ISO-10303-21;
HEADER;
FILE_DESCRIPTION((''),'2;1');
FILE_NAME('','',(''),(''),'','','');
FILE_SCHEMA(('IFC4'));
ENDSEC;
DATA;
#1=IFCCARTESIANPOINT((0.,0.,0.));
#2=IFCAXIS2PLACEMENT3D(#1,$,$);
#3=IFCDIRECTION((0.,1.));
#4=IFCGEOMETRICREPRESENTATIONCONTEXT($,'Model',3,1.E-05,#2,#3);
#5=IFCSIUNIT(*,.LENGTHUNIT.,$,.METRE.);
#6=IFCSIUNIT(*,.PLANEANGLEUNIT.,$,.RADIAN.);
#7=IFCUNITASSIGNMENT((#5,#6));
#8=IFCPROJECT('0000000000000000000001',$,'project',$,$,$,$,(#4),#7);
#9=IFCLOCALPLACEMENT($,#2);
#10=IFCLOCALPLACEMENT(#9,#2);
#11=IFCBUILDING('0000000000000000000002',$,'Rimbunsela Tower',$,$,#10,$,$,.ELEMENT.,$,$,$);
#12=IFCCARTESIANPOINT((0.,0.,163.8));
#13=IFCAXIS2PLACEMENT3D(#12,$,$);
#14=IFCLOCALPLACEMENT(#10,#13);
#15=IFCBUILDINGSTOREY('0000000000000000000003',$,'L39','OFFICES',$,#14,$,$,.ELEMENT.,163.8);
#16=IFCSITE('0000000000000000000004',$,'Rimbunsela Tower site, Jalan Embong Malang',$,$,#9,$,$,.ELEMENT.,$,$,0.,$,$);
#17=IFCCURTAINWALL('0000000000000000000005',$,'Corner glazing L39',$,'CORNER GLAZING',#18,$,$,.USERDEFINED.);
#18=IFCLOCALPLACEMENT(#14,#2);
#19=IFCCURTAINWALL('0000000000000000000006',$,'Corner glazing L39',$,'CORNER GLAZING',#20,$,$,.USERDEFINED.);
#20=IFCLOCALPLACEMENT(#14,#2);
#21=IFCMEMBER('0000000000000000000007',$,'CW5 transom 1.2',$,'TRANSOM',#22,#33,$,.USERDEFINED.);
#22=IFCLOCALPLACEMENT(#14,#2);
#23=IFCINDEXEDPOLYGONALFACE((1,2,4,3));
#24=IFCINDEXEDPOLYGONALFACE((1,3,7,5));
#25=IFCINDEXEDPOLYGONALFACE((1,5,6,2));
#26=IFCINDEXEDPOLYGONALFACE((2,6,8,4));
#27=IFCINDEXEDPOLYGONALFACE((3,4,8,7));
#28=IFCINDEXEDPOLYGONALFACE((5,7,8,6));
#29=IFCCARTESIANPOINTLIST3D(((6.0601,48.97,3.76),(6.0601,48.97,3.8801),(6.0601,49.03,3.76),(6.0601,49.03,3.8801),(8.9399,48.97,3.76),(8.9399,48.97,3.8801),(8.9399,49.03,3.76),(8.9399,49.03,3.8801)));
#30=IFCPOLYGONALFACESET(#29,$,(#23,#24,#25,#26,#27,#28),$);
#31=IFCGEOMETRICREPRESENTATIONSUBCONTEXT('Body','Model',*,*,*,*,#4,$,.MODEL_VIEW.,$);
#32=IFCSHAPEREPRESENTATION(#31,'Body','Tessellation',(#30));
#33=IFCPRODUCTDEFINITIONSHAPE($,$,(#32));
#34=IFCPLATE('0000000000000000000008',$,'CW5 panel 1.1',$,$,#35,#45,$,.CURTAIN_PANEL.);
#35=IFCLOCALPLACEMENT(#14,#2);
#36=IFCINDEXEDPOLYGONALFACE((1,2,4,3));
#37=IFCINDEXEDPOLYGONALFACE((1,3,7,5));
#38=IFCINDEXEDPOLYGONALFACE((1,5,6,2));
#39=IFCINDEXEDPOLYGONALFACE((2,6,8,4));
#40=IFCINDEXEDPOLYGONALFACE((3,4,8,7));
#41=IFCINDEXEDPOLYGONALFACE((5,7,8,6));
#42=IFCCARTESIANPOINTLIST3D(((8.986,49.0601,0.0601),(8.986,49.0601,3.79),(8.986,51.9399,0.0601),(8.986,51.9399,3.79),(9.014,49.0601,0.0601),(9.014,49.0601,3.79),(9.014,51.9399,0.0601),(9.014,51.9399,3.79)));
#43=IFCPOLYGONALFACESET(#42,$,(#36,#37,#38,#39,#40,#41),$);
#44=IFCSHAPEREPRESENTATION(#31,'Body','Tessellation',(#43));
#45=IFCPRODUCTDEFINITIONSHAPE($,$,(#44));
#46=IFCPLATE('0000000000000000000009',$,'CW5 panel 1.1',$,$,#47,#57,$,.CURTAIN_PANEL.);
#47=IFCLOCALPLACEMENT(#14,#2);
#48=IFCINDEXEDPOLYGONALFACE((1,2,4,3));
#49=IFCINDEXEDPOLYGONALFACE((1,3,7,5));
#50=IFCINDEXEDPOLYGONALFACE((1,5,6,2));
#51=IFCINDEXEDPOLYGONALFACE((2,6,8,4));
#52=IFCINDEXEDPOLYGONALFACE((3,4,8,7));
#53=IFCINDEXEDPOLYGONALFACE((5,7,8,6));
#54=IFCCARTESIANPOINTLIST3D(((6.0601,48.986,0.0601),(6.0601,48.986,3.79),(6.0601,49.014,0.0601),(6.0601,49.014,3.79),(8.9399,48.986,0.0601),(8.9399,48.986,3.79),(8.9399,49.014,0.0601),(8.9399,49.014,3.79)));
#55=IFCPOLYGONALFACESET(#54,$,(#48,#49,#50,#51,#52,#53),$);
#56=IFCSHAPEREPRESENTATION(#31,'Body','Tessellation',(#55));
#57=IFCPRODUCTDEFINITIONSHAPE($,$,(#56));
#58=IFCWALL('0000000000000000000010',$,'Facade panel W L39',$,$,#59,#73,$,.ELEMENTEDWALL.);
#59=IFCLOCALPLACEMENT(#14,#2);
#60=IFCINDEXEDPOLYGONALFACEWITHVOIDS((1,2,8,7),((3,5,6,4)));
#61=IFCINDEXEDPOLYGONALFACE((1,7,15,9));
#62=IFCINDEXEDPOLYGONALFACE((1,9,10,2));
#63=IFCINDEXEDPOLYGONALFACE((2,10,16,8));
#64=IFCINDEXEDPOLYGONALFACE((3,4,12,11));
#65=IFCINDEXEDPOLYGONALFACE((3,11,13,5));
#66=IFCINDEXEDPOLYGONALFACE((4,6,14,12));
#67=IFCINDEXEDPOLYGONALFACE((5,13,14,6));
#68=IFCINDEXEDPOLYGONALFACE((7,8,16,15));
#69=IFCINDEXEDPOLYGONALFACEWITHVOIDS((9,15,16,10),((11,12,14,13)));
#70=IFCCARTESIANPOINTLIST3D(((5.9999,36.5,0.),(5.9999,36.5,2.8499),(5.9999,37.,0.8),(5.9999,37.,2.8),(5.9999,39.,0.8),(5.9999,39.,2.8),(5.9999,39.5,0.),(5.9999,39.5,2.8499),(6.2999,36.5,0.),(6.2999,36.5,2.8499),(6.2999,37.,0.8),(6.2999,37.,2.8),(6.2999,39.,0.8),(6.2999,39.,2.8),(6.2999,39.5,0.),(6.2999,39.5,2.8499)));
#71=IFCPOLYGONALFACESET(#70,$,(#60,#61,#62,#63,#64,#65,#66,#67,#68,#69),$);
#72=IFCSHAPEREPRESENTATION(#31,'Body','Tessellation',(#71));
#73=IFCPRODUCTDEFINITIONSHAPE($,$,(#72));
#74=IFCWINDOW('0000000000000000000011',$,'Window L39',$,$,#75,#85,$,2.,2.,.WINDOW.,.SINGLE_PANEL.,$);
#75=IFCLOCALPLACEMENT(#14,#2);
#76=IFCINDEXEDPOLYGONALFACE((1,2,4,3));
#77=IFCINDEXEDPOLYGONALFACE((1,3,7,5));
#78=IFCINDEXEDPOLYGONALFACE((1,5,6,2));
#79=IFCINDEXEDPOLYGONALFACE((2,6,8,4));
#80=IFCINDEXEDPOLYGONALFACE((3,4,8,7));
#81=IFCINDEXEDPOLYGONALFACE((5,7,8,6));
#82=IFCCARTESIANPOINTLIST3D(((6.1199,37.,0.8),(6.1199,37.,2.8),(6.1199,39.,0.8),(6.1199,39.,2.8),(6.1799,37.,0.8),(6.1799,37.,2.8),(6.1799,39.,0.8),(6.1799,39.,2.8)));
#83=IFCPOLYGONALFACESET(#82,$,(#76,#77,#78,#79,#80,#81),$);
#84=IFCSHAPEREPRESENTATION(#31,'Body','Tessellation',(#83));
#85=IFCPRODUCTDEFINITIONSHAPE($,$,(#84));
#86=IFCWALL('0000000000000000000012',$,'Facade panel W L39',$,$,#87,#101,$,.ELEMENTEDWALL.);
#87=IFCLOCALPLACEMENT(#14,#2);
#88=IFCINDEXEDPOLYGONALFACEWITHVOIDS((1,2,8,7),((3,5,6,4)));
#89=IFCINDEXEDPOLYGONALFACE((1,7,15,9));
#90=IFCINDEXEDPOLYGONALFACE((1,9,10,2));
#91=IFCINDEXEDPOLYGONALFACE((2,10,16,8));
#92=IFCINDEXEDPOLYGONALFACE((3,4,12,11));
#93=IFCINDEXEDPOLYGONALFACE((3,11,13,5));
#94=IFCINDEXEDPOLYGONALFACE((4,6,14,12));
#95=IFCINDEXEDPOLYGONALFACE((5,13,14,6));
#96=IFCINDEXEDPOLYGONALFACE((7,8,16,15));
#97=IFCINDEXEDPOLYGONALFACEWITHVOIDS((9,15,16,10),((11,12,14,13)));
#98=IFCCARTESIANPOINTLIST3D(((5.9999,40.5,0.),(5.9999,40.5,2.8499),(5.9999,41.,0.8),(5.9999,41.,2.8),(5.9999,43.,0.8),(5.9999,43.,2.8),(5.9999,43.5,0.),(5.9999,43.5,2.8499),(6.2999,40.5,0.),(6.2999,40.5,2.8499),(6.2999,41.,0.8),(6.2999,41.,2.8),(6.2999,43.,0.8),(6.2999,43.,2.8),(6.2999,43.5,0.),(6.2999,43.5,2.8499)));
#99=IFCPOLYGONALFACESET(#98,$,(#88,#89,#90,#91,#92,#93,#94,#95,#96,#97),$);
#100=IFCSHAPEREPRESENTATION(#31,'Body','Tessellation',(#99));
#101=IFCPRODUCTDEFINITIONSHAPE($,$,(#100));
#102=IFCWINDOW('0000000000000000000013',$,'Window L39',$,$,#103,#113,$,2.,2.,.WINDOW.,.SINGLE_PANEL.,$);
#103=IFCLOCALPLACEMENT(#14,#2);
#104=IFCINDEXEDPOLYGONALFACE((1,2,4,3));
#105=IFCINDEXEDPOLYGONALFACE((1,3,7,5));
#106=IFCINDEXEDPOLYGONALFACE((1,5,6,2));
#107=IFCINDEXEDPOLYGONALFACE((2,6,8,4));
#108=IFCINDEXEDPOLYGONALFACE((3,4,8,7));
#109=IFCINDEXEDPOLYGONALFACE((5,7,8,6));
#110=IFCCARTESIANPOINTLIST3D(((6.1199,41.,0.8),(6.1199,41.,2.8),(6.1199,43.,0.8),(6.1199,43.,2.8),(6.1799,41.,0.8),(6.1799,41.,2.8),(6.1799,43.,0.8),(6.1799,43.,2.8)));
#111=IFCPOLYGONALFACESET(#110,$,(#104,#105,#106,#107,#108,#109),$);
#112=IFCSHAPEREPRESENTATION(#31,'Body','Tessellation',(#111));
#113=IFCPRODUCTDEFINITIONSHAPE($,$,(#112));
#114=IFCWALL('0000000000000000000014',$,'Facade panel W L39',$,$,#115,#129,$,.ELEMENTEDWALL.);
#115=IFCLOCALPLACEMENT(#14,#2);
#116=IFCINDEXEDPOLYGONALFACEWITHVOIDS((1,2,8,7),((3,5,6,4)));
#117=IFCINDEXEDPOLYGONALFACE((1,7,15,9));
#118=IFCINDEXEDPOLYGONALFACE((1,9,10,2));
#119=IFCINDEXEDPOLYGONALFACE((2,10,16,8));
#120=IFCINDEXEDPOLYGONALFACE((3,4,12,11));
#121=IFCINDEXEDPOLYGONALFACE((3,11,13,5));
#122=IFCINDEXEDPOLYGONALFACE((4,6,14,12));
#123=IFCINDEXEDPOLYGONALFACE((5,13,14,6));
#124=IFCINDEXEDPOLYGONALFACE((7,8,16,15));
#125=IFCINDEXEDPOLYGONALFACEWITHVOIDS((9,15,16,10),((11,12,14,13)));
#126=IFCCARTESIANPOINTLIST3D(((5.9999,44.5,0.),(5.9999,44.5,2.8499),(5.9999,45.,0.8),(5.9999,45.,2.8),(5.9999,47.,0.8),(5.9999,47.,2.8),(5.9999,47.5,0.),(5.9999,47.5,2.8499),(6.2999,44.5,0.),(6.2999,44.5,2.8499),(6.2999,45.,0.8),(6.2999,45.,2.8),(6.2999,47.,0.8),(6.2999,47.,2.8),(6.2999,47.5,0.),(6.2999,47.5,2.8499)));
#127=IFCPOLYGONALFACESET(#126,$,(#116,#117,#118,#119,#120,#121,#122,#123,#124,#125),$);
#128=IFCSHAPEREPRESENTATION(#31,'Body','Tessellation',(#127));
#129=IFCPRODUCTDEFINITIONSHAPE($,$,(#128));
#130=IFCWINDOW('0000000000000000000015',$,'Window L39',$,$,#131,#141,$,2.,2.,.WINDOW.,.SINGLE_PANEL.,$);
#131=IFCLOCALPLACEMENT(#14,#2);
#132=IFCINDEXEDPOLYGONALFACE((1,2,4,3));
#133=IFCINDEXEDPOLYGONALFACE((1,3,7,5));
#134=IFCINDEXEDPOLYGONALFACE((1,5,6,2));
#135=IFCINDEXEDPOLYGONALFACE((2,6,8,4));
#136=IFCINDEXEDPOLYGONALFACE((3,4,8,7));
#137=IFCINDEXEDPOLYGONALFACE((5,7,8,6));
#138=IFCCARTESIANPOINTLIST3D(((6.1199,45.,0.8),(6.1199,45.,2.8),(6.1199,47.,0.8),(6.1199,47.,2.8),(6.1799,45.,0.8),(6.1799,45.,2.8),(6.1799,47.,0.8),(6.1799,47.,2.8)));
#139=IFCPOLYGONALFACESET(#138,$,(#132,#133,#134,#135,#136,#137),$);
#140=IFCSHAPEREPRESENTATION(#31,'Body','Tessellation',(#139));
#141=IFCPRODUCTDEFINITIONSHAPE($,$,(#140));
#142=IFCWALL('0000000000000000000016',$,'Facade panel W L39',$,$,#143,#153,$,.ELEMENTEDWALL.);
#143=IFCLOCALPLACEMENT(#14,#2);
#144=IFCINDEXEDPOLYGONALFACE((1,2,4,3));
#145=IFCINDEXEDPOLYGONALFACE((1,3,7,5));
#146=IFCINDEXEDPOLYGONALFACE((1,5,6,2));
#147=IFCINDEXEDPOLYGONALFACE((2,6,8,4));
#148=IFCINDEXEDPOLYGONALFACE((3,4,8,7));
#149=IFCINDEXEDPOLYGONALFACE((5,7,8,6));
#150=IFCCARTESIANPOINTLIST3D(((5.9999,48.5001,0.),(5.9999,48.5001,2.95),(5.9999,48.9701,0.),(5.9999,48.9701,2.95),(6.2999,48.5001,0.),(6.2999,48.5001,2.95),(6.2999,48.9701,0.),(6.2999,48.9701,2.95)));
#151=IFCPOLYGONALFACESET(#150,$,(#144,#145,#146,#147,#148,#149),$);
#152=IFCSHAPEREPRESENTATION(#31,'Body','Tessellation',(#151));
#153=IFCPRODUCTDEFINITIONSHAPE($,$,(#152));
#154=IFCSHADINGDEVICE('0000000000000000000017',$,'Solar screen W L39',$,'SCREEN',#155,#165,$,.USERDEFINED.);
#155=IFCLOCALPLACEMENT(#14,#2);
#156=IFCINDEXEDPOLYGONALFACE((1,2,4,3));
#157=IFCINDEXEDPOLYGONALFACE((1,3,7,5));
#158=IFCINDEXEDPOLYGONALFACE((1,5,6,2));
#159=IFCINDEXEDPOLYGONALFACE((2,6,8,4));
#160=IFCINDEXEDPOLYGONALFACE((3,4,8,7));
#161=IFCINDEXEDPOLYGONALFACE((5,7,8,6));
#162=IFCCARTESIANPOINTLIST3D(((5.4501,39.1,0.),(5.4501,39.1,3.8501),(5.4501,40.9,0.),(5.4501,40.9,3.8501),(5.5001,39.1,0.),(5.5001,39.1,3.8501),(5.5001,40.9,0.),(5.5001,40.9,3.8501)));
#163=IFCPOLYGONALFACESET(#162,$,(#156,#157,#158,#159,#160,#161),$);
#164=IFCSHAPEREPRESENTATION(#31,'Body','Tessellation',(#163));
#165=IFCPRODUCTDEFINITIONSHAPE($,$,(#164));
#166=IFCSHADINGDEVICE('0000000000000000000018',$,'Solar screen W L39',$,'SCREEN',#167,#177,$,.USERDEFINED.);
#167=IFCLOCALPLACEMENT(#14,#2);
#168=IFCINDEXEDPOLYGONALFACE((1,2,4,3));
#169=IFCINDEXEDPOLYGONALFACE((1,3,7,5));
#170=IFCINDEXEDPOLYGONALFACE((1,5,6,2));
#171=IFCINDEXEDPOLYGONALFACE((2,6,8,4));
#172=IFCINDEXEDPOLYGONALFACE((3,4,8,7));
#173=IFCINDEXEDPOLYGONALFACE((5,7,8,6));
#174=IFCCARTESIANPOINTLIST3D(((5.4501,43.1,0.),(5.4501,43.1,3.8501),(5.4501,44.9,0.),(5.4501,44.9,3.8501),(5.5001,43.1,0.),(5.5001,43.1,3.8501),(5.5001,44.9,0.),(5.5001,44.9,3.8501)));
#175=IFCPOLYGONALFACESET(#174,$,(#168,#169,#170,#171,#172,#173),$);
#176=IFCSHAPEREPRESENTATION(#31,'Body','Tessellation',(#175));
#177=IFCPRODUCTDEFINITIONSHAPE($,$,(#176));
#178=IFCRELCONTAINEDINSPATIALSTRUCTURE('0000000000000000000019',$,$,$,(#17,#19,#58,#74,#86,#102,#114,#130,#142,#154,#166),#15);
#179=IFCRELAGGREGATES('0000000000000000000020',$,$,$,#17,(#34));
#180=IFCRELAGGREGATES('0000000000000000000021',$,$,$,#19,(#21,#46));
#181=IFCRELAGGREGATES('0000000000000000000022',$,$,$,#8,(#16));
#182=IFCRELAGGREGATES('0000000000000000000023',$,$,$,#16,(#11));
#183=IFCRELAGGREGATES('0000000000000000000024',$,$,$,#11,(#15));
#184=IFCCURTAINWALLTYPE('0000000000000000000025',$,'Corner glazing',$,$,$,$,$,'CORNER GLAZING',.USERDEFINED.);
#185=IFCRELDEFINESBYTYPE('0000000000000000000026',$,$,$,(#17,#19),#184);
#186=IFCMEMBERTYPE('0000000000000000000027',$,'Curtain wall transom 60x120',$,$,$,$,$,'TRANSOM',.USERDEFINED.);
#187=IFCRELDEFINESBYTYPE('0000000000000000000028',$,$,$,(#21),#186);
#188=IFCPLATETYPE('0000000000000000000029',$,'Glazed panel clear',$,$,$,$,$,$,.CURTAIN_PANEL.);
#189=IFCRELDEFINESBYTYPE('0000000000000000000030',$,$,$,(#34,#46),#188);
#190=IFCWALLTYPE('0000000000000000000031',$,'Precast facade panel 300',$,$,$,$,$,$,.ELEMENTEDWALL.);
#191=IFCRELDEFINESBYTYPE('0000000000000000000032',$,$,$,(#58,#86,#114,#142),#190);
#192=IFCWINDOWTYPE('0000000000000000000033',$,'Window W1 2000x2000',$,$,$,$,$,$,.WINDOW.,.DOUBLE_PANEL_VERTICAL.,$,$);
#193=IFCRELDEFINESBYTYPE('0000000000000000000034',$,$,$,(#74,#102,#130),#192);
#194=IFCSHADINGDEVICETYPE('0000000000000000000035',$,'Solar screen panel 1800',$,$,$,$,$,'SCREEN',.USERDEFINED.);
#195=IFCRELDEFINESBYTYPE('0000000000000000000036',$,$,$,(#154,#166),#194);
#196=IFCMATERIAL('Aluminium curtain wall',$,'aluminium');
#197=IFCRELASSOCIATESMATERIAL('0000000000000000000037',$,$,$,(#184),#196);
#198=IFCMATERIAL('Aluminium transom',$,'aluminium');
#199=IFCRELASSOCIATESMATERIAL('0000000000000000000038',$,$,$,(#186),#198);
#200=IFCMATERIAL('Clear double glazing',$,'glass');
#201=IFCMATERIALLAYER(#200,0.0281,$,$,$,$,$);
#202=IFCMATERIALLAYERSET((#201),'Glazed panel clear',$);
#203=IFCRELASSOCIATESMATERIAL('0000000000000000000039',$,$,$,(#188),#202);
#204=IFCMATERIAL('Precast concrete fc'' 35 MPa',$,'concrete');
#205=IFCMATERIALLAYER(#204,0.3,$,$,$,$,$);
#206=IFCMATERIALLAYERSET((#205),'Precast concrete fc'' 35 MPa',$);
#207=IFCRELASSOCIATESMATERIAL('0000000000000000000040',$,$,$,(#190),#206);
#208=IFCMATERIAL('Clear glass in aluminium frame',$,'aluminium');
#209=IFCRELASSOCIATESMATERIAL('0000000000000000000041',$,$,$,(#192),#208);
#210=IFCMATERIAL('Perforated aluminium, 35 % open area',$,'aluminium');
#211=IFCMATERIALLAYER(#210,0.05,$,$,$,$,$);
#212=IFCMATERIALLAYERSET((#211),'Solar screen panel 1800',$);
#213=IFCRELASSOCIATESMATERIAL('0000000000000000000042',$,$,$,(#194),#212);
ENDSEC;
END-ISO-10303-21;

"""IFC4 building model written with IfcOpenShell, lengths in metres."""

from ifc_helpers import new_model, si_unit, direction, frame, frame_2d, origin, origin_2d, place, context, subcontext, project, spatial, rectangle, extrude, material, layer, layer_set, material_profile, profile_set, type_object, element, fill, aggregate, save


model = new_model("IFC4")

# Units and contexts
model_context = context("Model", 3, precision=1e-05, world=origin(), true_north=direction((0.0, 1.0)))
body_context = subcontext(model_context, "Body", "Model", "MODEL_VIEW")
ifc_project = project(units=[si_unit("LENGTHUNIT", "METRE"), si_unit("PLANEANGLEUNIT", "RADIAN")], contexts=[model_context])

# Site, building, storey
site_placement = place(None, origin())
site = spatial("IfcSite", under=ifc_project, at=site_placement, Name="Rimbunsela Tower site, Jalan Embong Malang", CompositionType="ELEMENT", RefElevation=0.0)
building_placement = place(site_placement, origin())
building = spatial("IfcBuilding", under=site, at=building_placement, Name="Rimbunsela Tower", CompositionType="ELEMENT")
storey_placement = place(building_placement, frame((0.0, 0.0, 163.8)))
storey = spatial("IfcBuildingStorey", under=building, at=storey_placement, Name="L39", Description="OFFICES", CompositionType="ELEMENT", Elevation=163.8)

# Curtain walls
ifc_material_1 = material(Name="Aluminium curtain wall", Category="aluminium")
curtain_wall_type = type_object("IfcCurtainWallType", Name="Corner glazing", ElementType="CORNER GLAZING", PredefinedType="USERDEFINED", material=ifc_material_1)
curtain_wall_1_placement = place(storey_placement, origin())
curtain_wall_1 = element("IfcCurtainWall", 1, at=curtain_wall_1_placement, inside=storey, type_object=curtain_wall_type, Name="Corner glazing L39", ObjectType="CORNER GLAZING", PredefinedType="USERDEFINED")
curtain_wall_2_placement = place(storey_placement, origin())
curtain_wall_2 = element("IfcCurtainWall", 2, at=curtain_wall_2_placement, inside=storey, type_object=curtain_wall_type, Name="Corner glazing L39", ObjectType="CORNER GLAZING", PredefinedType="USERDEFINED")

# Member
ifc_material_2 = material(Name="Aluminium transom", Category="aluminium")
ifc_material_profile_1 = material_profile(ifc_material_2, rectangle(XDim=0.0601, YDim=0.1201, at=origin_2d()), Name="Transom 60x120")
ifc_profile_set_1 = profile_set([ifc_material_profile_1], Name="Aluminium transom")
member_type_1 = type_object("IfcMemberType", Name="Curtain wall transom 60x120", ElementType="TRANSOM", PredefinedType="USERDEFINED", material=ifc_profile_set_1)
member_1_placement = place(storey_placement, frame((8.9399, 49.0, 3.8201), z_axis=(-1.0, 0.0, 0.0), x_axis=(0.0, -1.0, 0.0)))
member_1 = element("IfcMember", 3, at=member_1_placement, type_object=member_type_1, Name="CW5 transom 1.2", ObjectType="TRANSOM", PredefinedType="USERDEFINED", context=body_context, shape_type="SweptSolid", body=[
    extrude(rectangle(XDim=0.0601, YDim=0.1201, at=origin_2d()), origin(), (0.0, 0.0, 1.0), 2.8799),
])

# Plates
ifc_material_3 = material(Name="Clear double glazing", Category="glass")
ifc_layer_1 = layer(ifc_material_3, 0.0281)
ifc_layer_set_1 = layer_set([ifc_layer_1], Name="Glazed panel clear")
plate_type = type_object("IfcPlateType", Name="Glazed panel clear", PredefinedType="CURTAIN_PANEL", material=ifc_layer_set_1)
plate_1_placement = place(storey_placement, frame((9.0, 50.5, 0.0601), z_axis=(0.0, 0.0, 1.0), x_axis=(0.0, -1.0, 0.0)))
plate_1 = element("IfcPlate", 4, at=plate_1_placement, type_object=plate_type, Name="CW5 panel 1.1", PredefinedType="CURTAIN_PANEL", context=body_context, shape_type="SweptSolid", body=[
    extrude(rectangle(XDim=2.8799, YDim=0.0281, at=origin_2d()), origin(), (0.0, 0.0, 1.0), 3.73),
])
aggregate(curtain_wall_1, [plate_1])
plate_2_placement = place(storey_placement, frame((7.5, 49.0, 0.0601), z_axis=(0.0, 0.0, 1.0), x_axis=(-1.0, 0.0, 0.0)))
plate_2 = element("IfcPlate", 5, at=plate_2_placement, type_object=plate_type, Name="CW5 panel 1.1", PredefinedType="CURTAIN_PANEL", context=body_context, shape_type="SweptSolid", body=[
    extrude(rectangle(XDim=2.8799, YDim=0.0281, at=origin_2d()), origin(), (0.0, 0.0, 1.0), 3.73),
])
aggregate(curtain_wall_2, [member_1, plate_2])

# Walls, openings, windows
ifc_material_4 = material(Name="Precast concrete fc' 35 MPa", Category="concrete")
ifc_layer_2 = layer(ifc_material_4, 0.3)
ifc_layer_set_2 = layer_set([ifc_layer_2], Name="Precast concrete fc' 35 MPa")
wall_type = type_object("IfcWallType", Name="Precast facade panel 300", PredefinedType="ELEMENTEDWALL", material=ifc_layer_set_2)
wall_1_placement = place(storey_placement, frame((6.1499, 39.5, 0.0), z_axis=(0.0, 0.0, 1.0), x_axis=(0.0, -1.0, 0.0)))
wall_1 = element("IfcWall", 6, at=wall_1_placement, inside=storey, type_object=wall_type, Name="Facade panel W L39", PredefinedType="ELEMENTEDWALL", context=body_context, shape_type="SweptSolid", body=[
    extrude(rectangle(XDim=3.0, YDim=0.3, at=frame_2d((1.5, 0.0))), origin(), (0.0, 0.0, 1.0), 2.8499),
])
opening_1_placement = place(wall_1_placement, frame((0.5, 0.0, 0.8)))
opening_1 = element("IfcOpeningElement", 7, at=opening_1_placement, cuts=wall_1, PredefinedType="OPENING", context=body_context, shape_type="SweptSolid", body=[
    extrude(rectangle(XDim=2.0, YDim=2.0, at=frame_2d((1.0, 1.0))), frame((0.0, 0.1599, 0.0), z_axis=(0.0, -1.0, 0.0), x_axis=(1.0, 0.0, 0.0)), (0.0, 0.0, 1.0), 0.3201),
])
ifc_material_5 = material(Name="Clear glass in aluminium frame", Category="aluminium")
window_type = type_object("IfcWindowType", Name="Window W1 2000x2000", PartitioningType="DOUBLE_PANEL_VERTICAL", PredefinedType="WINDOW", material=ifc_material_5)
window_1_placement = place(opening_1_placement, origin())
window_1 = element("IfcWindow", 8, at=window_1_placement, inside=storey, type_object=window_type, Name="Window L39", OverallHeight=2.0, OverallWidth=2.0, PartitioningType="SINGLE_PANEL", PredefinedType="WINDOW", context=body_context, shape_type="SweptSolid", body=[
    extrude(rectangle(XDim=2.0, YDim=2.0, at=frame_2d((1.0, 1.0))), frame((0.0, 0.03, 0.0), z_axis=(0.0, -1.0, 0.0), x_axis=(1.0, 0.0, 0.0)), (0.0, 0.0, 1.0), 0.0601),
])
fill(opening_1, window_1)
wall_2_placement = place(storey_placement, frame((6.1499, 43.5, 0.0), z_axis=(0.0, 0.0, 1.0), x_axis=(0.0, -1.0, 0.0)))
wall_2 = element("IfcWall", 9, at=wall_2_placement, inside=storey, type_object=wall_type, Name="Facade panel W L39", PredefinedType="ELEMENTEDWALL", context=body_context, shape_type="SweptSolid", body=[
    extrude(rectangle(XDim=3.0, YDim=0.3, at=frame_2d((1.5, 0.0))), origin(), (0.0, 0.0, 1.0), 2.8499),
])
opening_2_placement = place(wall_2_placement, frame((0.5, 0.0, 0.8)))
opening_2 = element("IfcOpeningElement", 10, at=opening_2_placement, cuts=wall_2, PredefinedType="OPENING", context=body_context, shape_type="SweptSolid", body=[
    extrude(rectangle(XDim=2.0, YDim=2.0, at=frame_2d((1.0, 1.0))), frame((0.0, 0.1599, 0.0), z_axis=(0.0, -1.0, 0.0), x_axis=(1.0, 0.0, 0.0)), (0.0, 0.0, 1.0), 0.3201),
])
window_2_placement = place(opening_2_placement, origin())
window_2 = element("IfcWindow", 11, at=window_2_placement, inside=storey, type_object=window_type, Name="Window L39", OverallHeight=2.0, OverallWidth=2.0, PartitioningType="SINGLE_PANEL", PredefinedType="WINDOW", context=body_context, shape_type="SweptSolid", body=[
    extrude(rectangle(XDim=2.0, YDim=2.0, at=frame_2d((1.0, 1.0))), frame((0.0, 0.03, 0.0), z_axis=(0.0, -1.0, 0.0), x_axis=(1.0, 0.0, 0.0)), (0.0, 0.0, 1.0), 0.0601),
])
fill(opening_2, window_2)
wall_3_placement = place(storey_placement, frame((6.1499, 47.5, 0.0), z_axis=(0.0, 0.0, 1.0), x_axis=(0.0, -1.0, 0.0)))
wall_3 = element("IfcWall", 12, at=wall_3_placement, inside=storey, type_object=wall_type, Name="Facade panel W L39", PredefinedType="ELEMENTEDWALL", context=body_context, shape_type="SweptSolid", body=[
    extrude(rectangle(XDim=3.0, YDim=0.3, at=frame_2d((1.5, 0.0))), origin(), (0.0, 0.0, 1.0), 2.8499),
])
opening_3_placement = place(wall_3_placement, frame((0.5, 0.0, 0.8)))
opening_3 = element("IfcOpeningElement", 13, at=opening_3_placement, cuts=wall_3, PredefinedType="OPENING", context=body_context, shape_type="SweptSolid", body=[
    extrude(rectangle(XDim=2.0, YDim=2.0, at=frame_2d((1.0, 1.0))), frame((0.0, 0.1599, 0.0), z_axis=(0.0, -1.0, 0.0), x_axis=(1.0, 0.0, 0.0)), (0.0, 0.0, 1.0), 0.3201),
])
window_3_placement = place(opening_3_placement, origin())
window_3 = element("IfcWindow", 14, at=window_3_placement, inside=storey, type_object=window_type, Name="Window L39", OverallHeight=2.0, OverallWidth=2.0, PartitioningType="SINGLE_PANEL", PredefinedType="WINDOW", context=body_context, shape_type="SweptSolid", body=[
    extrude(rectangle(XDim=2.0, YDim=2.0, at=frame_2d((1.0, 1.0))), frame((0.0, 0.03, 0.0), z_axis=(0.0, -1.0, 0.0), x_axis=(1.0, 0.0, 0.0)), (0.0, 0.0, 1.0), 0.0601),
])
fill(opening_3, window_3)

# Wall
wall_4_placement = place(storey_placement, frame((6.1499, 48.97, 0.0), z_axis=(0.0, 0.0, 1.0), x_axis=(0.0, -1.0, 0.0)))
element("IfcWall", 15, at=wall_4_placement, inside=storey, type_object=wall_type, Name="Facade panel W L39", PredefinedType="ELEMENTEDWALL", context=body_context, shape_type="SweptSolid", body=[
    extrude(rectangle(XDim=0.47, YDim=0.3, at=frame_2d((0.2349, 0.0))), origin(), (0.0, 0.0, 1.0), 2.95),
])

# Shading devices
ifc_material_6 = material(Name="Perforated aluminium, 35 % open area", Category="aluminium")
ifc_layer_3 = layer(ifc_material_6, 0.05)
ifc_layer_set_3 = layer_set([ifc_layer_3], Name="Solar screen panel 1800")
shading_device_type = type_object("IfcShadingDeviceType", Name="Solar screen panel 1800", ElementType="SCREEN", PredefinedType="USERDEFINED", material=ifc_layer_set_3)
for number, where, z_axis, x_axis, name in (
    (16, (5.4751, 40.0, 0.0), (0.0, 0.0, 1.0), (0.0, 1.0, 0.0), "Solar screen W L39"),
    (17, (5.4751, 44.0, 0.0), (0.0, 0.0, 1.0), (0.0, 1.0, 0.0), "Solar screen W L39"),
):
    element("IfcShadingDevice", number, at=place(storey_placement, frame(where, z_axis=z_axis, x_axis=x_axis)), inside=storey, type_object=shading_device_type, Name=name, ObjectType="SCREEN", PredefinedType="USERDEFINED", context=body_context, shape_type="SweptSolid", body=[
        extrude(rectangle(XDim=1.8, YDim=0.05, at=origin_2d()), origin(), (0.0, 0.0, 1.0), 3.8501),
    ])

save(model, "model.ifc")
